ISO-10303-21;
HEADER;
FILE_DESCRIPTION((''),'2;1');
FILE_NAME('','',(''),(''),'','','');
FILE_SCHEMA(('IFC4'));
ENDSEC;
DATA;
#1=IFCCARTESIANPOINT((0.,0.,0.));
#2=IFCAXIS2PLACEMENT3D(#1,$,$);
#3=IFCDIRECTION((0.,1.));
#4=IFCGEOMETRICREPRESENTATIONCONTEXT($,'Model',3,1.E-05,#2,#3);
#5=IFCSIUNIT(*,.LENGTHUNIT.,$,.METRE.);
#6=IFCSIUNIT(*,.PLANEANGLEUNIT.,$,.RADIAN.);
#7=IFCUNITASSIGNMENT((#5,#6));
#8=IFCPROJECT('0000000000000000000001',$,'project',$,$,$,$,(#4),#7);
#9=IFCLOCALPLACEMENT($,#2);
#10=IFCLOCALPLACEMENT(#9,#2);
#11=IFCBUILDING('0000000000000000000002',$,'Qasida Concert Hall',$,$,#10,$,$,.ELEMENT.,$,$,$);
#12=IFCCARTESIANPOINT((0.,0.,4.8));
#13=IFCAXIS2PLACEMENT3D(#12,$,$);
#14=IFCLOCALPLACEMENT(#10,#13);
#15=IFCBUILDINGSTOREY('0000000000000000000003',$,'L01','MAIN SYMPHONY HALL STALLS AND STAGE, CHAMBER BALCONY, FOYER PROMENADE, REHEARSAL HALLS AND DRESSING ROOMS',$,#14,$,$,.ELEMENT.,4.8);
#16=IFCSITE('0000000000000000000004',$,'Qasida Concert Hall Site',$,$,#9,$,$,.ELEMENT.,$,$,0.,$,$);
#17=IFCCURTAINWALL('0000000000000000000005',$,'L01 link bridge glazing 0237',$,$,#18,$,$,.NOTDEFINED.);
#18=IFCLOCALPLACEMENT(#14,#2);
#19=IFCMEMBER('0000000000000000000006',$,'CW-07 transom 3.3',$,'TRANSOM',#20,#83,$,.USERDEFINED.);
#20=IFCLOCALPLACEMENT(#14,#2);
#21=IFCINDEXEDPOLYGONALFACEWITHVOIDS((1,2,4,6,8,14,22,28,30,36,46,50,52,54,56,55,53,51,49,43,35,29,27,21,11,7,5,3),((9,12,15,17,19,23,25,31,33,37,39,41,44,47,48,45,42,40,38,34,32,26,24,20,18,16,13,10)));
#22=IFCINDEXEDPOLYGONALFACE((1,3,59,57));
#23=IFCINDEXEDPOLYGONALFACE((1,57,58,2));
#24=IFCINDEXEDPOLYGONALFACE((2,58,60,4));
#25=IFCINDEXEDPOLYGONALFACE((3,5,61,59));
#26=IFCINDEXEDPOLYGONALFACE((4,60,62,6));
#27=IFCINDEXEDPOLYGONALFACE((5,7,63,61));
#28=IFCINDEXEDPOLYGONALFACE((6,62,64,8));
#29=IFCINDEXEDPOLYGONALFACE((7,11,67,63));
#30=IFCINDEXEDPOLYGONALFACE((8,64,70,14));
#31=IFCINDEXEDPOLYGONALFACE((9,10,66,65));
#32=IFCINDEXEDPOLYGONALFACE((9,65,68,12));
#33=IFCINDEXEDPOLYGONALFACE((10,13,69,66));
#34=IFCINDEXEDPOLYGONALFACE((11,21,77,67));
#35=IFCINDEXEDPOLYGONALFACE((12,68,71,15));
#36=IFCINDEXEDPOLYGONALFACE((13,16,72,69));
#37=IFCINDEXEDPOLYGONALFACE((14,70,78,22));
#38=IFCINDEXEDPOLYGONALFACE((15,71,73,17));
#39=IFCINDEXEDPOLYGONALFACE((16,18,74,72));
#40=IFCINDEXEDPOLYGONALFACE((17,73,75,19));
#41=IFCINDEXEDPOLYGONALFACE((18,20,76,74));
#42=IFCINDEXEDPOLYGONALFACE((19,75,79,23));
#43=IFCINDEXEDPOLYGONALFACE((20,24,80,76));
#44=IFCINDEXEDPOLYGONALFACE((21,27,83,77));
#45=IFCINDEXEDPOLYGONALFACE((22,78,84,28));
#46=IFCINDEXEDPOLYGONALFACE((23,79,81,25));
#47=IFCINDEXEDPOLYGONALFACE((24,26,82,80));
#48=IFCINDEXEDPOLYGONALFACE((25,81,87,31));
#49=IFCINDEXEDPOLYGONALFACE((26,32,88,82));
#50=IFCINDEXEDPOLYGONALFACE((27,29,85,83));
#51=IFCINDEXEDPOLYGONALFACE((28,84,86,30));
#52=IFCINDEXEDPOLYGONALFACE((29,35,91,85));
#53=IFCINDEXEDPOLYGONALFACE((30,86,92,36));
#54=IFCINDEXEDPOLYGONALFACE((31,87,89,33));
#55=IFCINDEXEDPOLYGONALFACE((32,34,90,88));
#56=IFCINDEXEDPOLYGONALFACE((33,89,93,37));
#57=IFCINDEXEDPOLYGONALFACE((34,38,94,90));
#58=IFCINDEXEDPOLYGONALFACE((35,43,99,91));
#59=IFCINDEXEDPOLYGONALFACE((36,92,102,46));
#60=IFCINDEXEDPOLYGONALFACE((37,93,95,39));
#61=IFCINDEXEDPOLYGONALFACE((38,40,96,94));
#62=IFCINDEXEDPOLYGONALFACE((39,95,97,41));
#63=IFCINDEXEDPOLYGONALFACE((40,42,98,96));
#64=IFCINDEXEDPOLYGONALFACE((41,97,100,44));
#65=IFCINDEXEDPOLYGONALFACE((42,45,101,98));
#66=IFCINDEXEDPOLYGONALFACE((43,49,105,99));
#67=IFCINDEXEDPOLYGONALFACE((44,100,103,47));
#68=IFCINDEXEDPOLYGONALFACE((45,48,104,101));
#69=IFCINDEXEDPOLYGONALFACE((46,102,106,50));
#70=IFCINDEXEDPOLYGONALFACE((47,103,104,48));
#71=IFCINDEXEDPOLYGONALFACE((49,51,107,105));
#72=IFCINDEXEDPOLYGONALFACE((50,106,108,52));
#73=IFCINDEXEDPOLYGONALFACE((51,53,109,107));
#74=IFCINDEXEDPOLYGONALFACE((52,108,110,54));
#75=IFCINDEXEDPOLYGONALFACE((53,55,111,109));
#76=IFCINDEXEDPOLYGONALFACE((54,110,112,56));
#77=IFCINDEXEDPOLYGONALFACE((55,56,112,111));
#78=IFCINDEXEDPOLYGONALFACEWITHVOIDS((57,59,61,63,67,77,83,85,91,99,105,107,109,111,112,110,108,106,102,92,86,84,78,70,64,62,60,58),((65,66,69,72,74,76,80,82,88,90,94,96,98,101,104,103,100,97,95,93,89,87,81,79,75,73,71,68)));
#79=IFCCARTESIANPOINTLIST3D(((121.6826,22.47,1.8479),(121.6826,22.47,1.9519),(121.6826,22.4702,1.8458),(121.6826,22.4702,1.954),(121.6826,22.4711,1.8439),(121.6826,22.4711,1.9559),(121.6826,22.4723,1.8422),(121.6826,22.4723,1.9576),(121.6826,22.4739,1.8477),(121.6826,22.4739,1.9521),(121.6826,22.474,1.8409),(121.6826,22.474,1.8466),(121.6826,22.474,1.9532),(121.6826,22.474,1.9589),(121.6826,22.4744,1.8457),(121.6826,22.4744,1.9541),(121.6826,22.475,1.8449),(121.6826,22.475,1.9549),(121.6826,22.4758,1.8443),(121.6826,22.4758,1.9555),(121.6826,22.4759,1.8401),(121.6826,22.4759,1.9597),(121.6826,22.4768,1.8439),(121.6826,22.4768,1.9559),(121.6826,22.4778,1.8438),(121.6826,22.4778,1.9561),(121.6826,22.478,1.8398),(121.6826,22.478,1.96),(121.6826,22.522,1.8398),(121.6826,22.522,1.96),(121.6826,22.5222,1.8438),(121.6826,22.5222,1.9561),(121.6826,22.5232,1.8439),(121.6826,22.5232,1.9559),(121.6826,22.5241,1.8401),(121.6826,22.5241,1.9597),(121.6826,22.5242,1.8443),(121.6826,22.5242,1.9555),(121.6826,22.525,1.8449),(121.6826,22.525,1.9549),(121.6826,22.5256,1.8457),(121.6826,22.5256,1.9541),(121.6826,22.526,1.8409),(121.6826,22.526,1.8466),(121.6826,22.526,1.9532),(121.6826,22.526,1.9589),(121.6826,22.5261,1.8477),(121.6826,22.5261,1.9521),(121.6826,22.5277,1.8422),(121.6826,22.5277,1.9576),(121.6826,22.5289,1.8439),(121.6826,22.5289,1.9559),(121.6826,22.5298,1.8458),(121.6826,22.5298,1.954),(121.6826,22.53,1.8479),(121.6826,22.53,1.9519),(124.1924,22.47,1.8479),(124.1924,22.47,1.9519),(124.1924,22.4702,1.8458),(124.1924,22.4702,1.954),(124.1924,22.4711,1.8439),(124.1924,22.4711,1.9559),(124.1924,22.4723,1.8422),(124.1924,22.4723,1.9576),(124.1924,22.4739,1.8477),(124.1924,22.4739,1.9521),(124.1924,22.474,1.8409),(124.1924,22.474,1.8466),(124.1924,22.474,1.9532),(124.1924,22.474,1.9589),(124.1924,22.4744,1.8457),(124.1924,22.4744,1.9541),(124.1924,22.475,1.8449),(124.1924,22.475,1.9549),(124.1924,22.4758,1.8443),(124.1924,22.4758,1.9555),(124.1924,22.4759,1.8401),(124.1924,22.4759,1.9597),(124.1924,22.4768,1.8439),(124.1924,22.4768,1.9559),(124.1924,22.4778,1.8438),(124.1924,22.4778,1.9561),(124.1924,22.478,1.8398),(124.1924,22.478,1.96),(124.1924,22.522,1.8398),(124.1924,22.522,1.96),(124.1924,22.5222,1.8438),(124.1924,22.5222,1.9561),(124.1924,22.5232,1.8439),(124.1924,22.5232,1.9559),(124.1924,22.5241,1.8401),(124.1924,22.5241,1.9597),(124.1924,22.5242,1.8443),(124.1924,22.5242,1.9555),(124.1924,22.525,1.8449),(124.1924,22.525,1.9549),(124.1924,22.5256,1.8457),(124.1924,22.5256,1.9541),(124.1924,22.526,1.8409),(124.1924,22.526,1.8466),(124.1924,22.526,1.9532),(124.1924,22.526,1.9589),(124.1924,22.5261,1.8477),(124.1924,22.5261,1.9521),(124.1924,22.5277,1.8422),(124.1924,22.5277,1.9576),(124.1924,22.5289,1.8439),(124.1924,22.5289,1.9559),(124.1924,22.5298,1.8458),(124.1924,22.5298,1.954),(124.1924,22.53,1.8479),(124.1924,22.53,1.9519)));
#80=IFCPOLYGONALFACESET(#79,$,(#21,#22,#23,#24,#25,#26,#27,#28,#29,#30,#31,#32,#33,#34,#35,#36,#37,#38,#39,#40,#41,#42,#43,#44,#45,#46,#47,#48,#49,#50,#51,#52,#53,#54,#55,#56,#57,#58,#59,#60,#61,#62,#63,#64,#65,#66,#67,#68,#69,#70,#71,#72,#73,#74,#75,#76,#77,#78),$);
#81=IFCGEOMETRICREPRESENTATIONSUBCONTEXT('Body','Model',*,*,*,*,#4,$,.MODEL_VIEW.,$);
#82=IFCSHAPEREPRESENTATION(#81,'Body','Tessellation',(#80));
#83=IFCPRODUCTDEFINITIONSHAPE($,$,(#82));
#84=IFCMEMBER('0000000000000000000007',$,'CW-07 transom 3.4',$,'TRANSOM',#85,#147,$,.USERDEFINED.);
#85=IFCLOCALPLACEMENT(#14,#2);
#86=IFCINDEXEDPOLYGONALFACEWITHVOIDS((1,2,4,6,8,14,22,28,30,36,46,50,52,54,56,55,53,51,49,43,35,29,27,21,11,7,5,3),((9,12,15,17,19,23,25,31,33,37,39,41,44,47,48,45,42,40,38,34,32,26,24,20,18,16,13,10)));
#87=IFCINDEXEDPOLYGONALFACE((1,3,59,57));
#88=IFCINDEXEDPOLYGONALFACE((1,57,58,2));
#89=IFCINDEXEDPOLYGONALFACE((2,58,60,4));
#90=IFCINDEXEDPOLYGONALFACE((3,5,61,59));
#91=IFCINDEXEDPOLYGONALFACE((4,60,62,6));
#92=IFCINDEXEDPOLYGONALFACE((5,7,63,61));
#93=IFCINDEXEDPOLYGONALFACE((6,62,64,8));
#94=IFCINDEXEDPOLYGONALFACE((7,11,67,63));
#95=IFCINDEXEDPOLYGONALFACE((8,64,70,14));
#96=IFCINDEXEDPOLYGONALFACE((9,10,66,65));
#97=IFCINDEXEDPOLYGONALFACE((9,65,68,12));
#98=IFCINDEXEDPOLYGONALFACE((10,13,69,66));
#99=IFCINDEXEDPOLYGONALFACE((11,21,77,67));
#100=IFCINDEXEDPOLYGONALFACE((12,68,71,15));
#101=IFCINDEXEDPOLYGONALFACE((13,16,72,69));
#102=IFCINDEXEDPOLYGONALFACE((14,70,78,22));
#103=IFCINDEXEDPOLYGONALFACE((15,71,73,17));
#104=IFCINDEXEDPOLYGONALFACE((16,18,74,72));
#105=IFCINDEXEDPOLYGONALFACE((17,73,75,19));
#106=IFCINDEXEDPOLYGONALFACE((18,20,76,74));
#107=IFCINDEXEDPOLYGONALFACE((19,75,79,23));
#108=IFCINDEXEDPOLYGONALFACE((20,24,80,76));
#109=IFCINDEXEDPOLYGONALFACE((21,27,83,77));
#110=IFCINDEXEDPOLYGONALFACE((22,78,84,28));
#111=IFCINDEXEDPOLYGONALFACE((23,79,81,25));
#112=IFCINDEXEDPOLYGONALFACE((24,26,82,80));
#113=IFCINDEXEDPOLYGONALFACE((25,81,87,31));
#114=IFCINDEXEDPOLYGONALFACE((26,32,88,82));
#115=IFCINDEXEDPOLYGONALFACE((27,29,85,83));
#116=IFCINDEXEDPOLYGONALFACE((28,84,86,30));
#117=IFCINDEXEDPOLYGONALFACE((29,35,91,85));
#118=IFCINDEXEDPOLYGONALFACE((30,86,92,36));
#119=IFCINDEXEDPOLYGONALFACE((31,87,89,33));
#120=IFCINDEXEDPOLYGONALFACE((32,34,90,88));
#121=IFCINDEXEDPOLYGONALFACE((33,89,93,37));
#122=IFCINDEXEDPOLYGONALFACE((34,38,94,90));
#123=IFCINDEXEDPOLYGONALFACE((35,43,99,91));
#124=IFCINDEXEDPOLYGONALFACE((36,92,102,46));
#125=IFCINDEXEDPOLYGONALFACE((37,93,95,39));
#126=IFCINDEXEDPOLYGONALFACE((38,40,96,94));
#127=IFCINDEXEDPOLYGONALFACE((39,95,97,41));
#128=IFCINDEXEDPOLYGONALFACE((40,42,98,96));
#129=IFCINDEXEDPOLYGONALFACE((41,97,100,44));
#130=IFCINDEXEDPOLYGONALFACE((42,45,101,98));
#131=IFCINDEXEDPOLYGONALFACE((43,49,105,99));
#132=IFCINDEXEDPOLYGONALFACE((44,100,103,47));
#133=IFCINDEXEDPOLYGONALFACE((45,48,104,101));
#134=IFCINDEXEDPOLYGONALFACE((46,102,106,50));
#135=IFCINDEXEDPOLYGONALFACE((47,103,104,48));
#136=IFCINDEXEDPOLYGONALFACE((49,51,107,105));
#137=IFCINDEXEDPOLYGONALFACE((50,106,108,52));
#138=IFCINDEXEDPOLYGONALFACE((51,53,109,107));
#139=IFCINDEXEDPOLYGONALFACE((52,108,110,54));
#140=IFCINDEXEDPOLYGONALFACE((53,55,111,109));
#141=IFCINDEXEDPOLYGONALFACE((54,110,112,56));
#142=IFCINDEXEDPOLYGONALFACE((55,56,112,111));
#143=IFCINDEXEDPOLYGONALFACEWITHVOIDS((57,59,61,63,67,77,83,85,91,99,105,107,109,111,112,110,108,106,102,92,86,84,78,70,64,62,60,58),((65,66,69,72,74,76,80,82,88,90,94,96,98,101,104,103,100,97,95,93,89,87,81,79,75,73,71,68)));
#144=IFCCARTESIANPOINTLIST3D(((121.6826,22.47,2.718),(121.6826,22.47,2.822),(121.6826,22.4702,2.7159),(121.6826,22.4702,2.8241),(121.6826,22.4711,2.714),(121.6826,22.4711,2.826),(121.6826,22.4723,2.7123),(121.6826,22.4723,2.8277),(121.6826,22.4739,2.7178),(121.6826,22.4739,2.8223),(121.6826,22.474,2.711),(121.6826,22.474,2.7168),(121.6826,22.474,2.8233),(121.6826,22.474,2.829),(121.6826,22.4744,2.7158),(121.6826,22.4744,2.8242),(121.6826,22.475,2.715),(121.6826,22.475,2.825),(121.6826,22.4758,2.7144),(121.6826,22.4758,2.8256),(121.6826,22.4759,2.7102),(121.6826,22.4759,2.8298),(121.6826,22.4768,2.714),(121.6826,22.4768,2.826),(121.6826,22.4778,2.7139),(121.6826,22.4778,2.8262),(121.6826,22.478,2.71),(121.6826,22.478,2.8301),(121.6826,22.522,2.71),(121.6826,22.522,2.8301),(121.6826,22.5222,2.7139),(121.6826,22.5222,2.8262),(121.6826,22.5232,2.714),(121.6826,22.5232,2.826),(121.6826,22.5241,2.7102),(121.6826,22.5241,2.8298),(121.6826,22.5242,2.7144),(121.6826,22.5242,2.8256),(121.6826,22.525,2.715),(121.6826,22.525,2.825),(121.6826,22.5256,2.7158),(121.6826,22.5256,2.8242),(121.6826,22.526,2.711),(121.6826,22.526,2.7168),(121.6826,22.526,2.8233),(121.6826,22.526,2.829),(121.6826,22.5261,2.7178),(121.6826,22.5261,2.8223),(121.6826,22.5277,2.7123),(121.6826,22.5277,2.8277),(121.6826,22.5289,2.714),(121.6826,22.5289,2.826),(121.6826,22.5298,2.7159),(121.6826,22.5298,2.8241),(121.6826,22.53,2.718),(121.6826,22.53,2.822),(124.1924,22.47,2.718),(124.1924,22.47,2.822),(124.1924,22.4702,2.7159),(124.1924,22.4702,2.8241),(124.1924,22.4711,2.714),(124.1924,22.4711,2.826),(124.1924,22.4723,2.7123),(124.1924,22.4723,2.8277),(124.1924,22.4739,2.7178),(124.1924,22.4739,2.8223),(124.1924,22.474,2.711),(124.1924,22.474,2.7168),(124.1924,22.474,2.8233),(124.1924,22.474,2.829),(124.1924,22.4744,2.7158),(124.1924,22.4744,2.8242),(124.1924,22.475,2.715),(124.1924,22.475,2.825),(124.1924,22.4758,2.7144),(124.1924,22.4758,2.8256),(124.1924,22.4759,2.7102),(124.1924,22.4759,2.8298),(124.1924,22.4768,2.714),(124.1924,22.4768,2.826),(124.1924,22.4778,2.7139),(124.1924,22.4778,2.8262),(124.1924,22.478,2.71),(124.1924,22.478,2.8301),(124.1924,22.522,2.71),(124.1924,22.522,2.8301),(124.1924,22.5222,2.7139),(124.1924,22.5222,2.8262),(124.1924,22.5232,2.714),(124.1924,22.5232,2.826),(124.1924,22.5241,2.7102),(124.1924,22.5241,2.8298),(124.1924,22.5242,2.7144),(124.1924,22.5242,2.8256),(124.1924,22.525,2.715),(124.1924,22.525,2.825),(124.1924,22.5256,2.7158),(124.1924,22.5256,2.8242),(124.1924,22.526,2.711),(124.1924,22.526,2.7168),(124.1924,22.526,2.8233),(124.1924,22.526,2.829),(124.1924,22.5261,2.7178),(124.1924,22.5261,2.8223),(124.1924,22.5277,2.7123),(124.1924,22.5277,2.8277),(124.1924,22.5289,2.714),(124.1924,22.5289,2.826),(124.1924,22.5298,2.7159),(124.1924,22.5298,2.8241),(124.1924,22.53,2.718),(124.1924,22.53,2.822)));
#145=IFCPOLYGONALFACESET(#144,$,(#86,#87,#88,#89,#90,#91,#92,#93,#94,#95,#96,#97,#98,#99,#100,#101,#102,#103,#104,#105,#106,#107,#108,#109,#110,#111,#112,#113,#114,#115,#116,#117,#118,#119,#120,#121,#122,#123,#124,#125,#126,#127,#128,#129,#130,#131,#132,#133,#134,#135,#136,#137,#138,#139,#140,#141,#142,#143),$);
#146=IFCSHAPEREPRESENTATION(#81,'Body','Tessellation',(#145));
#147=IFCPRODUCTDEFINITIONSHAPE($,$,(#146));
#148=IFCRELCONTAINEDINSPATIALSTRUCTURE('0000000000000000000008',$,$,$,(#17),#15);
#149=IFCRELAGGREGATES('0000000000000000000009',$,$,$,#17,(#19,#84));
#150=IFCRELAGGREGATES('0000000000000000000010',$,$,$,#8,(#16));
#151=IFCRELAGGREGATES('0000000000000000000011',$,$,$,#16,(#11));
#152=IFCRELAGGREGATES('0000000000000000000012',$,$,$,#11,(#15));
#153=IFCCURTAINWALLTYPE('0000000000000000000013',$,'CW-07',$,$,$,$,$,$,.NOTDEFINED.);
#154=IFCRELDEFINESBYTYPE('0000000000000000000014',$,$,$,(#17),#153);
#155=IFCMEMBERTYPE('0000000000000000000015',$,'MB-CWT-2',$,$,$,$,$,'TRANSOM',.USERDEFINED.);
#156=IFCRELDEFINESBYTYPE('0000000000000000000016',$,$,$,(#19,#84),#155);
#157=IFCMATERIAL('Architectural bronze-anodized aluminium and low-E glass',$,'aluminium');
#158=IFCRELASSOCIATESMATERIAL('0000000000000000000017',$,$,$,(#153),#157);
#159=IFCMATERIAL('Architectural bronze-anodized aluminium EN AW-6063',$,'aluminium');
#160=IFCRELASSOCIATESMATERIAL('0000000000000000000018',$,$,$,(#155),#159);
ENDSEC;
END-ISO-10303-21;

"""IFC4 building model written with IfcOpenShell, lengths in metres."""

from ifc_helpers import new_model, si_unit, direction, frame, origin, origin_2d, place, context, subcontext, project, spatial, hollow_rectangle, extrude, material, material_profile, profile_set, type_object, element, aggregate, save


model = new_model("IFC4")

# Units and contexts
model_context = context("Model", 3, precision=1e-05, world=origin(), true_north=direction((0.0, 1.0)))
body_context = subcontext(model_context, "Body", "Model", "MODEL_VIEW")
ifc_project = project(units=[si_unit("LENGTHUNIT", "METRE"), si_unit("PLANEANGLEUNIT", "RADIAN")], contexts=[model_context])

# Site, building, storey
site_placement = place(None, origin())
site = spatial("IfcSite", under=ifc_project, at=site_placement, Name="Qasida Concert Hall Site", CompositionType="ELEMENT", RefElevation=0.0)
building_placement = place(site_placement, origin())
building = spatial("IfcBuilding", under=site, at=building_placement, Name="Qasida Concert Hall", CompositionType="ELEMENT")
storey_placement = place(building_placement, frame((0.0, 0.0, 4.8)))
storey = spatial("IfcBuildingStorey", under=building, at=storey_placement, Name="L01", Description="MAIN SYMPHONY HALL STALLS AND STAGE, CHAMBER BALCONY, FOYER PROMENADE, REHEARSAL HALLS AND DRESSING ROOMS", CompositionType="ELEMENT", Elevation=4.8)

# Curtain wall, members
ifc_material_1 = material(Name="Architectural bronze-anodized aluminium and low-E glass", Category="aluminium")
curtain_wall_type = type_object("IfcCurtainWallType", Name="CW-07", PredefinedType="NOTDEFINED", material=ifc_material_1)
curtain_wall_placement = place(storey_placement, origin())
curtain_wall = element("IfcCurtainWall", 1, at=curtain_wall_placement, inside=storey, type_object=curtain_wall_type, Name="L01 link bridge glazing 0237", PredefinedType="NOTDEFINED")
ifc_material_2 = material(Name="Architectural bronze-anodized aluminium EN AW-6063", Category="aluminium")
ifc_material_profile_1 = material_profile(ifc_material_2, hollow_rectangle(XDim=0.0601, YDim=0.1201, WallThickness=0.0039, InnerFilletRadius=0.0039, OuterFilletRadius=0.0081, at=origin_2d()), Name="CWT 120x60x4")
ifc_profile_set_1 = profile_set([ifc_material_profile_1], Name="Architectural bronze-anodized aluminium EN AW-6063")
member_type_1 = type_object("IfcMemberType", Name="MB-CWT-2", ElementType="TRANSOM", PredefinedType="USERDEFINED", material=ifc_profile_set_1)
member_1_placement = place(storey_placement, frame((121.6826, 22.5, 1.8999), z_axis=(1.0, 0.0, 0.0), x_axis=(0.0, 1.0, 0.0)))
member_1 = element("IfcMember", 2, at=member_1_placement, type_object=member_type_1, Name="CW-07 transom 3.3", ObjectType="TRANSOM", PredefinedType="USERDEFINED", context=body_context, shape_type="SweptSolid", body=[
    extrude(hollow_rectangle(XDim=0.0601, YDim=0.1201, WallThickness=0.0039, InnerFilletRadius=0.0039, OuterFilletRadius=0.0081, at=origin_2d()), origin(), (0.0, 0.0, 1.0), 2.5098),
])
member_2_placement = place(storey_placement, frame((121.6826, 22.5, 2.77), z_axis=(1.0, 0.0, 0.0), x_axis=(0.0, 1.0, 0.0)))
member_2 = element("IfcMember", 3, at=member_2_placement, type_object=member_type_1, Name="CW-07 transom 3.4", ObjectType="TRANSOM", PredefinedType="USERDEFINED", context=body_context, shape_type="SweptSolid", body=[
    extrude(hollow_rectangle(XDim=0.0601, YDim=0.1201, WallThickness=0.0039, InnerFilletRadius=0.0039, OuterFilletRadius=0.0081, at=origin_2d()), origin(), (0.0, 0.0, 1.0), 2.5098),
])
aggregate(curtain_wall, [member_1, member_2])

save(model, "model.ifc")
